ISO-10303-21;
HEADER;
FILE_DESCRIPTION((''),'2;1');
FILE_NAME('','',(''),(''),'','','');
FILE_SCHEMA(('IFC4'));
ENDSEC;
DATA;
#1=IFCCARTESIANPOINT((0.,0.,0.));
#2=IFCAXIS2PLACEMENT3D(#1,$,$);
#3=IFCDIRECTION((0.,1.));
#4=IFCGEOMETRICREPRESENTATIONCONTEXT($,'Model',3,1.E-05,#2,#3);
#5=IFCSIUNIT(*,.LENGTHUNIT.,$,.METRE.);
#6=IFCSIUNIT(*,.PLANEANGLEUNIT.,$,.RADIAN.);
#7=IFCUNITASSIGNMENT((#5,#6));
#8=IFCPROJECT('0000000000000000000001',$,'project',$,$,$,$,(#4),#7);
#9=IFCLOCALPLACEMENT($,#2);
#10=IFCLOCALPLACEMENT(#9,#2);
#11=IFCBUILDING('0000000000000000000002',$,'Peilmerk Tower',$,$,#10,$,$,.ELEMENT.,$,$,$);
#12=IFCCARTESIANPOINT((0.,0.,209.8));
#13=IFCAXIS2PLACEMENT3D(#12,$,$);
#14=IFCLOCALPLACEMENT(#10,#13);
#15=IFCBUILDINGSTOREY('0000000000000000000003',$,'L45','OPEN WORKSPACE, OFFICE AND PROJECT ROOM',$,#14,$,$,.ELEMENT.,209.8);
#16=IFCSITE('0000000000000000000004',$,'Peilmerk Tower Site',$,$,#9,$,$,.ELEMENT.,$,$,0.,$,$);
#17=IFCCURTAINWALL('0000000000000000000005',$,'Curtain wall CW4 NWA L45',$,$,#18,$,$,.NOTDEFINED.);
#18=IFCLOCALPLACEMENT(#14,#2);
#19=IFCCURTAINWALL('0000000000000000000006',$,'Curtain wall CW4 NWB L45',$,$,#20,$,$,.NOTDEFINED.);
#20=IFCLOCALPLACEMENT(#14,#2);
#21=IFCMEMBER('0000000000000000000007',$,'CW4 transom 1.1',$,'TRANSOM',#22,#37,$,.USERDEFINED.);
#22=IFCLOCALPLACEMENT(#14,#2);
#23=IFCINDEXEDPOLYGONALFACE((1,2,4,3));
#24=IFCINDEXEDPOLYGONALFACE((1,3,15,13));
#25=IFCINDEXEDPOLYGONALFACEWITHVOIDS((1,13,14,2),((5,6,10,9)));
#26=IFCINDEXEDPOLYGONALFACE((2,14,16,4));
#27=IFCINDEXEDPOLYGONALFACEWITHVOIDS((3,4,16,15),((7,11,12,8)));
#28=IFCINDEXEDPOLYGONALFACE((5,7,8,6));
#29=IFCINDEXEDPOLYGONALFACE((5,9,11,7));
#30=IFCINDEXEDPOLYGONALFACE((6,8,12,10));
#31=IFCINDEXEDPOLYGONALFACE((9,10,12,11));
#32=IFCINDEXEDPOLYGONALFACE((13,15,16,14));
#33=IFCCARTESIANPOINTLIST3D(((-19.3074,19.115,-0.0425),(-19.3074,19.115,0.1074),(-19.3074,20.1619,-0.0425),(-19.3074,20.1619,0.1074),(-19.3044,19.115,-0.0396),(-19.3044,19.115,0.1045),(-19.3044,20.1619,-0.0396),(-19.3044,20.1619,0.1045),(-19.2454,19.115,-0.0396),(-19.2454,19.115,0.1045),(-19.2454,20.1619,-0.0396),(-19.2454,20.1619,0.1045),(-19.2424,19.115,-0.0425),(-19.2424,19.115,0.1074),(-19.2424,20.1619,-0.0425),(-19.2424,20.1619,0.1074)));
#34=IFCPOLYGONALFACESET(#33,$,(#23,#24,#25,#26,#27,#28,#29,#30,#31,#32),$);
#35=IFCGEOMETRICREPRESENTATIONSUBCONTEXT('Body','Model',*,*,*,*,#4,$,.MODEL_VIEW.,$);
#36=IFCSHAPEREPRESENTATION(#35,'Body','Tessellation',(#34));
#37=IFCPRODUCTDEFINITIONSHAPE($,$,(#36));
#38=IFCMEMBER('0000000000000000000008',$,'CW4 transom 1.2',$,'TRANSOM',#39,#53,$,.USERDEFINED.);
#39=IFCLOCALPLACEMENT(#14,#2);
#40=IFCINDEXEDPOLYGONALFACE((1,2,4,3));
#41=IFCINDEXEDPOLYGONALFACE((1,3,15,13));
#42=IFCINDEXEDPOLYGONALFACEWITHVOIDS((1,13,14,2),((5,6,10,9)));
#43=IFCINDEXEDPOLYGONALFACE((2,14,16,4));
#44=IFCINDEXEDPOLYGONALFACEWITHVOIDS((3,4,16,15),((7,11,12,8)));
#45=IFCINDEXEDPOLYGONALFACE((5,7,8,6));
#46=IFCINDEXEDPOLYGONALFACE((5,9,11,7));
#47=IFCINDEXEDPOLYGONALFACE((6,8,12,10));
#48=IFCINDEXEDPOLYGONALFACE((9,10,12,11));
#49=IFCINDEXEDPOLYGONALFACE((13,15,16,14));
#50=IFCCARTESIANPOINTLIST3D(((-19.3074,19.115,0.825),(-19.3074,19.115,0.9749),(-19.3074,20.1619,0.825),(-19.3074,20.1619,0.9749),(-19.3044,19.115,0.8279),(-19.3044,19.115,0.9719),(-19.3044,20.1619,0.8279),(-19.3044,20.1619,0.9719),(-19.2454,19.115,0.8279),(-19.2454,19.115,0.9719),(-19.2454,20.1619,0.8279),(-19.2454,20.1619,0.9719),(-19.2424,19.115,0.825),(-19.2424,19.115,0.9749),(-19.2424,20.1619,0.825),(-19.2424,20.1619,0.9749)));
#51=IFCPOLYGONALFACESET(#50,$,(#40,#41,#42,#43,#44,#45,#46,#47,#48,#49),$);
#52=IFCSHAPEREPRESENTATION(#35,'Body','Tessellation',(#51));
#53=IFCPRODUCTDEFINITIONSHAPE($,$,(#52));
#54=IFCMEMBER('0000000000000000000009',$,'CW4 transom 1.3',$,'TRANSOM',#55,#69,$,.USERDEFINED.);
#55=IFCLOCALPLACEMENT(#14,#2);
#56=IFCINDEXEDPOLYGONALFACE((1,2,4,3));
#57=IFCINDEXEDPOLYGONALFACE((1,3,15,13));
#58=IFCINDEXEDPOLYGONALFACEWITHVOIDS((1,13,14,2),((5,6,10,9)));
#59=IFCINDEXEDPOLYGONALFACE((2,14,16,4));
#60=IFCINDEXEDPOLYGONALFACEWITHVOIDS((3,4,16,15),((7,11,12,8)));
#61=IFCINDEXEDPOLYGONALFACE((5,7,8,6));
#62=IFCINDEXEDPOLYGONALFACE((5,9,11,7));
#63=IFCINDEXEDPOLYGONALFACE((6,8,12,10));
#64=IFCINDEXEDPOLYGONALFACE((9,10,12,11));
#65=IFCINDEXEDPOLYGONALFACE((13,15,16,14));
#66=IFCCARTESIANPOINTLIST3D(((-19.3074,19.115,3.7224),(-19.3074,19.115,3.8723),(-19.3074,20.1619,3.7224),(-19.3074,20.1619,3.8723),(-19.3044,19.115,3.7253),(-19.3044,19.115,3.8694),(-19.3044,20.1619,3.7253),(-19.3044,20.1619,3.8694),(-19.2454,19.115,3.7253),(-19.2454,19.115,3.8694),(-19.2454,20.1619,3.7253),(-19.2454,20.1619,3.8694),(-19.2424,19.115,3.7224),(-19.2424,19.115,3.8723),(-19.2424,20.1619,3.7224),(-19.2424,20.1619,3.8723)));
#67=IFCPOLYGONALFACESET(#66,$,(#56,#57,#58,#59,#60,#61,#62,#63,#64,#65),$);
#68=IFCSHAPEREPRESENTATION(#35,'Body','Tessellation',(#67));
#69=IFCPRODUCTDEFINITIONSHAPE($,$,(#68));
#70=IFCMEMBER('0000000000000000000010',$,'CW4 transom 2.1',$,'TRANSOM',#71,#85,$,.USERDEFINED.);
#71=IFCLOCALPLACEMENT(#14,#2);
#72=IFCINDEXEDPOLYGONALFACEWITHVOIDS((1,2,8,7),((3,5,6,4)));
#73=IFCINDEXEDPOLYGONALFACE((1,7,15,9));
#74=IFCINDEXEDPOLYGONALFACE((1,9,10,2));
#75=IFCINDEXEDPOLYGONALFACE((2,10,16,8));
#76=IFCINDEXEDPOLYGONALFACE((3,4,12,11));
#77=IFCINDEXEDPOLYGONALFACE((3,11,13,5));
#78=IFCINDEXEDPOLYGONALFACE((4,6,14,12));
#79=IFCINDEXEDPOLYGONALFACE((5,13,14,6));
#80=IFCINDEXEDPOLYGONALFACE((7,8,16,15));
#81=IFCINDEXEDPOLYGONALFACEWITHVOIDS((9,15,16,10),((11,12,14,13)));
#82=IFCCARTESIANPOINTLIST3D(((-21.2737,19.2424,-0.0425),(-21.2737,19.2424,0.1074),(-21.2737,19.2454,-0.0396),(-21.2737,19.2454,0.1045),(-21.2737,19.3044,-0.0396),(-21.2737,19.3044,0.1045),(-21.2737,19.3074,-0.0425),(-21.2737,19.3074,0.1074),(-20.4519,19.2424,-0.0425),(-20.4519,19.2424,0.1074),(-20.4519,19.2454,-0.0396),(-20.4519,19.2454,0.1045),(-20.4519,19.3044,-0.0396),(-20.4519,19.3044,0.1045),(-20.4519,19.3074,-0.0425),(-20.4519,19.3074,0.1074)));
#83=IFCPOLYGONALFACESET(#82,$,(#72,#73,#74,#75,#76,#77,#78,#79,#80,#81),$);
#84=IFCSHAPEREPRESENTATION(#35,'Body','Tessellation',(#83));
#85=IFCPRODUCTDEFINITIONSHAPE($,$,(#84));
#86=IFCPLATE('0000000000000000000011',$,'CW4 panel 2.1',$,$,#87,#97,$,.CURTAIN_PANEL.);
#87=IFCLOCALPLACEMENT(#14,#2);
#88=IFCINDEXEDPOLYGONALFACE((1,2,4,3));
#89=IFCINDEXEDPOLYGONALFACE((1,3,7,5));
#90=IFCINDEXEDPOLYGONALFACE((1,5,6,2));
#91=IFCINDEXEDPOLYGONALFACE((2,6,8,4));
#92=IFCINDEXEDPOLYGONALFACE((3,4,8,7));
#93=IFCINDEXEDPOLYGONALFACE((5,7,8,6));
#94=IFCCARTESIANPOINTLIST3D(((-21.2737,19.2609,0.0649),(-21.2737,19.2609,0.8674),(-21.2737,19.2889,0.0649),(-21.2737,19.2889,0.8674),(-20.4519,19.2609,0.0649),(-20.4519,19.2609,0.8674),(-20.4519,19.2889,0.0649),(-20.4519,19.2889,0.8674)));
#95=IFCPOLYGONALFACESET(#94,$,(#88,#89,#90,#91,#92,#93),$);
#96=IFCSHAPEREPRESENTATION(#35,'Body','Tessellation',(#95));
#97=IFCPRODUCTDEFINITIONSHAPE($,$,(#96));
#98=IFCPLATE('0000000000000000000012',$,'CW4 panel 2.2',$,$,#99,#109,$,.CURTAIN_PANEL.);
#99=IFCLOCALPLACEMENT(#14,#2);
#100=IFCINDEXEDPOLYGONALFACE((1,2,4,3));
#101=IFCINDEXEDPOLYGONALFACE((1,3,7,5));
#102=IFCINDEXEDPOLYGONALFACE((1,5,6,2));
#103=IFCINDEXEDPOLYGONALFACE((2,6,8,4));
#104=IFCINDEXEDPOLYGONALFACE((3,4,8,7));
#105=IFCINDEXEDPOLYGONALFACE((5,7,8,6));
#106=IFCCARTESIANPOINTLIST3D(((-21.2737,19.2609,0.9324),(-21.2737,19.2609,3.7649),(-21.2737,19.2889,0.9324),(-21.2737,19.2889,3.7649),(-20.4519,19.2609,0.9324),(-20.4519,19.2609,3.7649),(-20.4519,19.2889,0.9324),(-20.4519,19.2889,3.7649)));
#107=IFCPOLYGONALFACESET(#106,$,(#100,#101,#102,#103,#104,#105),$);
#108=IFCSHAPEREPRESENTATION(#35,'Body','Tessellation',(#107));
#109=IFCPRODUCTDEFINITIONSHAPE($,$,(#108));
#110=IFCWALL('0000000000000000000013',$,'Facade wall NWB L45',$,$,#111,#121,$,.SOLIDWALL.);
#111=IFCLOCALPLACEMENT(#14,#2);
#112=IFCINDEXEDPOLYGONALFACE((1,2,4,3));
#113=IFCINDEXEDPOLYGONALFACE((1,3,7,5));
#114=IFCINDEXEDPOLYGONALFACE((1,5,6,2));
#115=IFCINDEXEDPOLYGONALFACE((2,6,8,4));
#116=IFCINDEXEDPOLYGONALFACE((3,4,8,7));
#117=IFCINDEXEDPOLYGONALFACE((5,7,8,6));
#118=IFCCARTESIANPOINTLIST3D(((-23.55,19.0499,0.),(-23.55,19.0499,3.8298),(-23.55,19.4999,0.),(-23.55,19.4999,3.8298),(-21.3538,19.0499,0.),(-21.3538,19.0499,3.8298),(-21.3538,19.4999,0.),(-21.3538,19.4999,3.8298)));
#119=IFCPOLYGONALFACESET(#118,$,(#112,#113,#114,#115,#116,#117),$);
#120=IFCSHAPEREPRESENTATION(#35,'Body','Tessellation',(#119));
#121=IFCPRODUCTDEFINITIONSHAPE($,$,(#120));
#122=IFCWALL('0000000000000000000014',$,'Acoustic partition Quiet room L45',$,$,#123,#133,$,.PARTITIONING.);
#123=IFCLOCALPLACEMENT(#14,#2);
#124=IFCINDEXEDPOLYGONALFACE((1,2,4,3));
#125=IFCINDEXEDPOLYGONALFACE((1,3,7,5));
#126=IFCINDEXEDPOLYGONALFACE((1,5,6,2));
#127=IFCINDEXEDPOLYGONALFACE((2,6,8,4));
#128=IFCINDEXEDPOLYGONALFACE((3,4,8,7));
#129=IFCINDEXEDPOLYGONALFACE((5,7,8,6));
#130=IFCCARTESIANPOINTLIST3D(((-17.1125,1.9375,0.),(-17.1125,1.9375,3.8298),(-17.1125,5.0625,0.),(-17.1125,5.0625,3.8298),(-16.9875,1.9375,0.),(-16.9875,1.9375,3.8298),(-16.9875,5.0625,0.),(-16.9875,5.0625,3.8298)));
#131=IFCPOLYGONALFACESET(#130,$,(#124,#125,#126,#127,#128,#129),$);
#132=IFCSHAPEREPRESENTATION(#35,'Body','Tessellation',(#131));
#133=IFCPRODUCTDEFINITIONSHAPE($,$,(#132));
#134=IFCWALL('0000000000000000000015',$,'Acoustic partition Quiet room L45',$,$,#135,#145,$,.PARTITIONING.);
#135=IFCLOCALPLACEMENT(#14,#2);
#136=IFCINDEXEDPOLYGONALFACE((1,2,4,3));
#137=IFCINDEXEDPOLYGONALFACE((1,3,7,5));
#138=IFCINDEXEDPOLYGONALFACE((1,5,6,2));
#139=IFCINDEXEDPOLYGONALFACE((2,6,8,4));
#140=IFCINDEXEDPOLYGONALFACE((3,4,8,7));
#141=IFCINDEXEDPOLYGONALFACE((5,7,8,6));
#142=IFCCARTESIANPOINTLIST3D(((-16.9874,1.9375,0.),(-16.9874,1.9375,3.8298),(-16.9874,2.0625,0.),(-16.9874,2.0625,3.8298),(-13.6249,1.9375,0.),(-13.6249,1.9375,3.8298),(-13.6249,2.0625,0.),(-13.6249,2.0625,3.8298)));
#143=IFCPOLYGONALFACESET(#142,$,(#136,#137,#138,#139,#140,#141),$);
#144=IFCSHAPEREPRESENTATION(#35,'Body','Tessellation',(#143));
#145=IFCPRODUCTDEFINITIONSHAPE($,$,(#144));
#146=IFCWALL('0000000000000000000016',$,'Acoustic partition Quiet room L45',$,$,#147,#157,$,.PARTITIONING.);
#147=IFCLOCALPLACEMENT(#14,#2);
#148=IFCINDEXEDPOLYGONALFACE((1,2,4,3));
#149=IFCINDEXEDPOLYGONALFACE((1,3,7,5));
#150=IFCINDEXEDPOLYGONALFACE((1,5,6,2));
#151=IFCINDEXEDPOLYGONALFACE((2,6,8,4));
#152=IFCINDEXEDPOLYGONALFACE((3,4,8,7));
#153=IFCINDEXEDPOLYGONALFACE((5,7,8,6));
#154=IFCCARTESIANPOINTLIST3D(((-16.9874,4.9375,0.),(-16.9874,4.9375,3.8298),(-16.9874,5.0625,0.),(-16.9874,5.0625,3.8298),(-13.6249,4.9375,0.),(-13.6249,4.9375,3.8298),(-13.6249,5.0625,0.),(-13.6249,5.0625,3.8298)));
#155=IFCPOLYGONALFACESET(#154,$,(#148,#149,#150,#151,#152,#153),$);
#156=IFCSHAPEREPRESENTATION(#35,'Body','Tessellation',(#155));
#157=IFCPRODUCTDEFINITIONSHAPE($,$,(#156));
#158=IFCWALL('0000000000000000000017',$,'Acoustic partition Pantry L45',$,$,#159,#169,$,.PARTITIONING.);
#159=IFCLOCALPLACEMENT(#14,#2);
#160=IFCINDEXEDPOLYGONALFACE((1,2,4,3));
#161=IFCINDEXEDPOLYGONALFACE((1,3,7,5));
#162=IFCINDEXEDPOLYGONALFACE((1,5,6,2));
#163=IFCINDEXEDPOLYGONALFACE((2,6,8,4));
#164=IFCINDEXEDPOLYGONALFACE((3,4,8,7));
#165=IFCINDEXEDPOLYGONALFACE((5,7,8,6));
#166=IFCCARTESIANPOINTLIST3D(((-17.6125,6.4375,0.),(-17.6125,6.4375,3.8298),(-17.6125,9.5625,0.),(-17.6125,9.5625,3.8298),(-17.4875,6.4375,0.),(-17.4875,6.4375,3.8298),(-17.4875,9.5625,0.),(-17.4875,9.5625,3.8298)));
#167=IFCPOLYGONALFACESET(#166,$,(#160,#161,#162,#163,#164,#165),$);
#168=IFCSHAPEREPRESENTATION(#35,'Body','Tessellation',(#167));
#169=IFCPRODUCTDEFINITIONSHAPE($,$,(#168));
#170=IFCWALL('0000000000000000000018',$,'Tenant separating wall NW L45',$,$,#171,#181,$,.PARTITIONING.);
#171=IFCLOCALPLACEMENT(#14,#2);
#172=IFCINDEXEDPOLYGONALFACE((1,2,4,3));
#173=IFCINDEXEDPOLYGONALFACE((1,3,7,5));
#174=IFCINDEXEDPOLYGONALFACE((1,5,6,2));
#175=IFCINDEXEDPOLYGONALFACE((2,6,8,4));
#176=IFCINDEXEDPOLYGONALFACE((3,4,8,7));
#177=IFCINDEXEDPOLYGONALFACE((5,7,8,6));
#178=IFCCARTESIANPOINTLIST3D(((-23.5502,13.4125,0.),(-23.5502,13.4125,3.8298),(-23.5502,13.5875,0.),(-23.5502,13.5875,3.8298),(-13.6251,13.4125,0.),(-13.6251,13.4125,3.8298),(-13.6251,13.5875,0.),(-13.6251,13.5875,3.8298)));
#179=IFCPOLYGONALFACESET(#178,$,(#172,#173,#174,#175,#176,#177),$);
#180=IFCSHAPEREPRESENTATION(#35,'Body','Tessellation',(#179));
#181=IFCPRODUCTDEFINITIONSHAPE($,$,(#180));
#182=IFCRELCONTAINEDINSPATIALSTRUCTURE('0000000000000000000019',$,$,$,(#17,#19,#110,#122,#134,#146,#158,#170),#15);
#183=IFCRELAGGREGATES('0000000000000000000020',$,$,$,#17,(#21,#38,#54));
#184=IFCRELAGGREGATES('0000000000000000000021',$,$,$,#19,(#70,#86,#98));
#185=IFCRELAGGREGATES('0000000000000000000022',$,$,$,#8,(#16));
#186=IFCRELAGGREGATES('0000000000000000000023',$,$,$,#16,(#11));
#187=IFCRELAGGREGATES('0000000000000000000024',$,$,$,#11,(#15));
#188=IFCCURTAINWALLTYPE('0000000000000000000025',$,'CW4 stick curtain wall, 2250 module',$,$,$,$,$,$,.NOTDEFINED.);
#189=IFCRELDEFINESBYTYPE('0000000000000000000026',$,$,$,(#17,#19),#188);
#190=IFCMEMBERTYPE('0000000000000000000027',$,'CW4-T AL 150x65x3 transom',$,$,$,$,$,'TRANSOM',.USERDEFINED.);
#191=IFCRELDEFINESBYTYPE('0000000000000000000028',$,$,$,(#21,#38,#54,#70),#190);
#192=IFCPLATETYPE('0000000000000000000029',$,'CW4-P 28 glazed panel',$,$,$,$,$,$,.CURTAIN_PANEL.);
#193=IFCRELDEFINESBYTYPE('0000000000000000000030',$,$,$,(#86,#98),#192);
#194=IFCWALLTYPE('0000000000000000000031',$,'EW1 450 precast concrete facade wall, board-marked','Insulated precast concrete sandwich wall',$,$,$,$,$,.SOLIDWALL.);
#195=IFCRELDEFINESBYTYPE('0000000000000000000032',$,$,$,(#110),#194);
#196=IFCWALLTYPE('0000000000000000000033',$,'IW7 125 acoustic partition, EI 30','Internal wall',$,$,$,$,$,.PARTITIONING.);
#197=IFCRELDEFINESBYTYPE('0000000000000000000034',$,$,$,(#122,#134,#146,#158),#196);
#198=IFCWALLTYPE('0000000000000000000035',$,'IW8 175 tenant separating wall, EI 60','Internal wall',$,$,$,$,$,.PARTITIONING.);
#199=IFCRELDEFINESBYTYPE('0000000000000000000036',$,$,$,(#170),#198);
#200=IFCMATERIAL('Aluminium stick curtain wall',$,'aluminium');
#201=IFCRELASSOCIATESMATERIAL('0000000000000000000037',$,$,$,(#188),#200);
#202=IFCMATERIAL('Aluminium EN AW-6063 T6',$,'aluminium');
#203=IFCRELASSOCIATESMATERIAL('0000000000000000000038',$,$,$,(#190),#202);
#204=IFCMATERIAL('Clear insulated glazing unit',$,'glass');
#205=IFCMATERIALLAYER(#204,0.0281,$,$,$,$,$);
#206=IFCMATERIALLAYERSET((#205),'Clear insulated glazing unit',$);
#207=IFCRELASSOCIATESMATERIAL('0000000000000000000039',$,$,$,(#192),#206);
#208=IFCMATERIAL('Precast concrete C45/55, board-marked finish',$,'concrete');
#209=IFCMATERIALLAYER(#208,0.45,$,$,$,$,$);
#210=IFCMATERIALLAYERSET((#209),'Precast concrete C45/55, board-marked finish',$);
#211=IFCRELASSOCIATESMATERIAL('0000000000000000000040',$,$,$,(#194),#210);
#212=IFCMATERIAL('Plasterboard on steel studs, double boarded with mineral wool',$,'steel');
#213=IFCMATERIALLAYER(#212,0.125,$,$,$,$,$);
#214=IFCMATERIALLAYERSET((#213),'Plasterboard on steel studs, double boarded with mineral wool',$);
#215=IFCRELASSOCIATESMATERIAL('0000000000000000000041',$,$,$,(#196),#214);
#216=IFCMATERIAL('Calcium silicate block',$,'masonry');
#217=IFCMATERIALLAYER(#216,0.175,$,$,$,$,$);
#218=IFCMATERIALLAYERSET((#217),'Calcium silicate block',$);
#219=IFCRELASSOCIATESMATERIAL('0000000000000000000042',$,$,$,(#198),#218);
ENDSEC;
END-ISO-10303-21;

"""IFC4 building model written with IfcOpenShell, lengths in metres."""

from ifc_helpers import new_model, si_unit, direction, frame, frame_2d, origin, origin_2d, place, context, subcontext, project, spatial, rectangle, hollow_rectangle, extrude, material, layer, layer_set, material_profile, profile_set, type_object, element, aggregate, save


model = new_model("IFC4")

# Units and contexts
model_context = context("Model", 3, precision=1e-05, world=origin(), true_north=direction((0.0, 1.0)))
body_context = subcontext(model_context, "Body", "Model", "MODEL_VIEW")
ifc_project = project(units=[si_unit("LENGTHUNIT", "METRE"), si_unit("PLANEANGLEUNIT", "RADIAN")], contexts=[model_context])

# Site, building, storey
site_placement = place(None, origin())
site = spatial("IfcSite", under=ifc_project, at=site_placement, Name="Peilmerk Tower Site", CompositionType="ELEMENT", RefElevation=0.0)
building_placement = place(site_placement, origin())
building = spatial("IfcBuilding", under=site, at=building_placement, Name="Peilmerk Tower", CompositionType="ELEMENT")
storey_placement = place(building_placement, frame((0.0, 0.0, 209.8)))
storey = spatial("IfcBuildingStorey", under=building, at=storey_placement, Name="L45", Description="OPEN WORKSPACE, OFFICE AND PROJECT ROOM", CompositionType="ELEMENT", Elevation=209.8)

# Curtain walls
ifc_material_1 = material(Name="Aluminium stick curtain wall", Category="aluminium")
curtain_wall_type = type_object("IfcCurtainWallType", Name="CW4 stick curtain wall, 2250 module", PredefinedType="NOTDEFINED", material=ifc_material_1)
curtain_wall_1_placement = place(storey_placement, origin())
curtain_wall_1 = element("IfcCurtainWall", 1, at=curtain_wall_1_placement, inside=storey, type_object=curtain_wall_type, Name="Curtain wall CW4 NWA L45", PredefinedType="NOTDEFINED")
ifc_material_2 = material(Name="Aluminium EN AW-6063 T6", Category="aluminium")
curtain_wall_2_placement = place(storey_placement, origin())
curtain_wall_2 = element("IfcCurtainWall", 2, at=curtain_wall_2_placement, inside=storey, type_object=curtain_wall_type, Name="Curtain wall CW4 NWB L45", PredefinedType="NOTDEFINED")

# Members
ifc_material_profile_1 = material_profile(ifc_material_2, hollow_rectangle(XDim=0.0649, YDim=0.1499, WallThickness=0.0029, at=origin_2d()), Name="AL 150x65x3")
ifc_profile_set_1 = profile_set([ifc_material_profile_1], Name="Aluminium EN AW-6063 T6")
member_type_1 = type_object("IfcMemberType", Name="CW4-T AL 150x65x3 transom", ElementType="TRANSOM", PredefinedType="USERDEFINED", material=ifc_profile_set_1)
member_1_placement = place(storey_placement, frame((-19.2749, 19.115, 0.0325), z_axis=(0.0, 1.0, 0.0), x_axis=(-1.0, 0.0, 0.0)))
member_1 = element("IfcMember", 3, at=member_1_placement, type_object=member_type_1, Name="CW4 transom 1.1", ObjectType="TRANSOM", PredefinedType="USERDEFINED", context=body_context, shape_type="SweptSolid", body=[
    extrude(hollow_rectangle(XDim=0.0649, YDim=0.1499, WallThickness=0.0029, at=origin_2d()), origin(), (0.0, 0.0, 1.0), 1.0469),
])
member_2_placement = place(storey_placement, frame((-19.2749, 19.115, 0.8999), z_axis=(0.0, 1.0, 0.0), x_axis=(-1.0, 0.0, 0.0)))
member_2 = element("IfcMember", 4, at=member_2_placement, type_object=member_type_1, Name="CW4 transom 1.2", ObjectType="TRANSOM", PredefinedType="USERDEFINED", context=body_context, shape_type="SweptSolid", body=[
    extrude(hollow_rectangle(XDim=0.0649, YDim=0.1499, WallThickness=0.0029, at=origin_2d()), origin(), (0.0, 0.0, 1.0), 1.0469),
])
member_3_placement = place(storey_placement, frame((-19.2749, 19.115, 3.7974), z_axis=(0.0, 1.0, 0.0), x_axis=(-1.0, 0.0, 0.0)))
member_3 = element("IfcMember", 5, at=member_3_placement, type_object=member_type_1, Name="CW4 transom 1.3", ObjectType="TRANSOM", PredefinedType="USERDEFINED", context=body_context, shape_type="SweptSolid", body=[
    extrude(hollow_rectangle(XDim=0.0649, YDim=0.1499, WallThickness=0.0029, at=origin_2d()), origin(), (0.0, 0.0, 1.0), 1.0469),
])
aggregate(curtain_wall_1, [member_1, member_2, member_3])
member_4_placement = place(storey_placement, frame((-20.4519, 19.2749, 0.0325), z_axis=(-1.0, 0.0, 0.0), x_axis=(0.0, -1.0, 0.0)))
member_4 = element("IfcMember", 6, at=member_4_placement, type_object=member_type_1, Name="CW4 transom 2.1", ObjectType="TRANSOM", PredefinedType="USERDEFINED", context=body_context, shape_type="SweptSolid", body=[
    extrude(hollow_rectangle(XDim=0.0649, YDim=0.1499, WallThickness=0.0029, at=origin_2d()), origin(), (0.0, 0.0, 1.0), 0.8218),
])

# Plates
ifc_material_3 = material(Name="Clear insulated glazing unit", Category="glass")
ifc_layer_1 = layer(ifc_material_3, 0.0281)
ifc_layer_set_1 = layer_set([ifc_layer_1], Name="Clear insulated glazing unit")
plate_type = type_object("IfcPlateType", Name="CW4-P 28 glazed panel", PredefinedType="CURTAIN_PANEL", material=ifc_layer_set_1)
plate_1_placement = place(storey_placement, frame((-20.8628, 19.2749, 0.0649), z_axis=(0.0, 0.0, 1.0), x_axis=(-1.0, 0.0, 0.0)))
plate_1 = element("IfcPlate", 7, at=plate_1_placement, type_object=plate_type, Name="CW4 panel 2.1", PredefinedType="CURTAIN_PANEL", context=body_context, shape_type="SweptSolid", body=[
    extrude(rectangle(XDim=0.8218, YDim=0.0281, at=origin_2d()), origin(), (0.0, 0.0, 1.0), 0.8025),
])
plate_2_placement = place(storey_placement, frame((-20.8628, 19.2749, 0.9324), z_axis=(0.0, 0.0, 1.0), x_axis=(-1.0, 0.0, 0.0)))
plate_2 = element("IfcPlate", 8, at=plate_2_placement, type_object=plate_type, Name="CW4 panel 2.2", PredefinedType="CURTAIN_PANEL", context=body_context, shape_type="SweptSolid", body=[
    extrude(rectangle(XDim=0.8218, YDim=0.0281, at=origin_2d()), origin(), (0.0, 0.0, 1.0), 2.8325),
])
aggregate(curtain_wall_2, [member_4, plate_1, plate_2])

# Walls
ifc_material_4 = material(Name="Precast concrete C45/55, board-marked finish", Category="concrete")
ifc_layer_2 = layer(ifc_material_4, 0.45)
ifc_layer_set_2 = layer_set([ifc_layer_2], Name="Precast concrete C45/55, board-marked finish")
wall_type_1 = type_object("IfcWallType", Name="EW1 450 precast concrete facade wall, board-marked", Description="Insulated precast concrete sandwich wall", PredefinedType="SOLIDWALL", material=ifc_layer_set_2)
wall_1_placement = place(storey_placement, frame((-21.3538, 19.2749, 0.0), z_axis=(0.0, 0.0, 1.0), x_axis=(-1.0, 0.0, 0.0)))
element("IfcWall", 9, at=wall_1_placement, inside=storey, type_object=wall_type_1, Name="Facade wall NWB L45", PredefinedType="SOLIDWALL", context=body_context, shape_type="SweptSolid", body=[
    extrude(rectangle(XDim=2.1963, YDim=0.45, at=frame_2d((1.0981, 0.0))), origin(), (0.0, 0.0, 1.0), 3.8298),
])
ifc_material_5 = material(Name="Plasterboard on steel studs, double boarded with mineral wool", Category="steel")
ifc_layer_3 = layer(ifc_material_5, 0.125)
ifc_layer_set_3 = layer_set([ifc_layer_3], Name="Plasterboard on steel studs, double boarded with mineral wool")
wall_type_2 = type_object("IfcWallType", Name="IW7 125 acoustic partition, EI 30", Description="Internal wall", PredefinedType="PARTITIONING", material=ifc_layer_set_3)
wall_2_placement = place(storey_placement, frame((-17.05, 1.9375, 0.0), z_axis=(0.0, 0.0, 1.0), x_axis=(0.0, 1.0, 0.0)))
element("IfcWall", 10, at=wall_2_placement, inside=storey, type_object=wall_type_2, Name="Acoustic partition Quiet room L45", PredefinedType="PARTITIONING", context=body_context, shape_type="SweptSolid", body=[
    extrude(rectangle(XDim=3.125, YDim=0.125, at=frame_2d((1.5625, 0.0))), origin(), (0.0, 0.0, 1.0), 3.8298),
])
for number, where, z_axis, x_axis, name in (
    (11, (-13.625, 2.0, 0.0), (0.0, 0.0, 1.0), (-1.0, 0.0, 0.0), "Acoustic partition Quiet room L45"),
    (12, (-13.625, 5.0, 0.0), (0.0, 0.0, 1.0), (-1.0, 0.0, 0.0), "Acoustic partition Quiet room L45"),
):
    element("IfcWall", number, at=place(storey_placement, frame(where, z_axis=z_axis, x_axis=x_axis)), inside=storey, type_object=wall_type_2, Name=name, PredefinedType="PARTITIONING", context=body_context, shape_type="SweptSolid", body=[
        extrude(rectangle(XDim=3.3625, YDim=0.125, at=frame_2d((1.6812, 0.0))), origin(), (0.0, 0.0, 1.0), 3.8298),
    ])
wall_3_placement = place(storey_placement, frame((-17.55, 6.4375, 0.0), z_axis=(0.0, 0.0, 1.0), x_axis=(0.0, 1.0, 0.0)))
element("IfcWall", 13, at=wall_3_placement, inside=storey, type_object=wall_type_2, Name="Acoustic partition Pantry L45", PredefinedType="PARTITIONING", context=body_context, shape_type="SweptSolid", body=[
    extrude(rectangle(XDim=3.125, YDim=0.125, at=frame_2d((1.5625, 0.0))), origin(), (0.0, 0.0, 1.0), 3.8298),
])
ifc_material_6 = material(Name="Calcium silicate block", Category="masonry")
ifc_layer_4 = layer(ifc_material_6, 0.175)
ifc_layer_set_4 = layer_set([ifc_layer_4], Name="Calcium silicate block")
wall_type_3 = type_object("IfcWallType", Name="IW8 175 tenant separating wall, EI 60", Description="Internal wall", PredefinedType="PARTITIONING", material=ifc_layer_set_4)
wall_4_placement = place(storey_placement, frame((-23.55, 13.5, 0.0), z_axis=(0.0, 0.0, 1.0), x_axis=(1.0, 0.0, 0.0)))
element("IfcWall", 14, at=wall_4_placement, inside=storey, type_object=wall_type_3, Name="Tenant separating wall NW L45", PredefinedType="PARTITIONING", context=body_context, shape_type="SweptSolid", body=[
    extrude(rectangle(XDim=9.925, YDim=0.175, at=frame_2d((4.9624, 0.0))), origin(), (0.0, 0.0, 1.0), 3.8298),
])

save(model, "model.ifc")
